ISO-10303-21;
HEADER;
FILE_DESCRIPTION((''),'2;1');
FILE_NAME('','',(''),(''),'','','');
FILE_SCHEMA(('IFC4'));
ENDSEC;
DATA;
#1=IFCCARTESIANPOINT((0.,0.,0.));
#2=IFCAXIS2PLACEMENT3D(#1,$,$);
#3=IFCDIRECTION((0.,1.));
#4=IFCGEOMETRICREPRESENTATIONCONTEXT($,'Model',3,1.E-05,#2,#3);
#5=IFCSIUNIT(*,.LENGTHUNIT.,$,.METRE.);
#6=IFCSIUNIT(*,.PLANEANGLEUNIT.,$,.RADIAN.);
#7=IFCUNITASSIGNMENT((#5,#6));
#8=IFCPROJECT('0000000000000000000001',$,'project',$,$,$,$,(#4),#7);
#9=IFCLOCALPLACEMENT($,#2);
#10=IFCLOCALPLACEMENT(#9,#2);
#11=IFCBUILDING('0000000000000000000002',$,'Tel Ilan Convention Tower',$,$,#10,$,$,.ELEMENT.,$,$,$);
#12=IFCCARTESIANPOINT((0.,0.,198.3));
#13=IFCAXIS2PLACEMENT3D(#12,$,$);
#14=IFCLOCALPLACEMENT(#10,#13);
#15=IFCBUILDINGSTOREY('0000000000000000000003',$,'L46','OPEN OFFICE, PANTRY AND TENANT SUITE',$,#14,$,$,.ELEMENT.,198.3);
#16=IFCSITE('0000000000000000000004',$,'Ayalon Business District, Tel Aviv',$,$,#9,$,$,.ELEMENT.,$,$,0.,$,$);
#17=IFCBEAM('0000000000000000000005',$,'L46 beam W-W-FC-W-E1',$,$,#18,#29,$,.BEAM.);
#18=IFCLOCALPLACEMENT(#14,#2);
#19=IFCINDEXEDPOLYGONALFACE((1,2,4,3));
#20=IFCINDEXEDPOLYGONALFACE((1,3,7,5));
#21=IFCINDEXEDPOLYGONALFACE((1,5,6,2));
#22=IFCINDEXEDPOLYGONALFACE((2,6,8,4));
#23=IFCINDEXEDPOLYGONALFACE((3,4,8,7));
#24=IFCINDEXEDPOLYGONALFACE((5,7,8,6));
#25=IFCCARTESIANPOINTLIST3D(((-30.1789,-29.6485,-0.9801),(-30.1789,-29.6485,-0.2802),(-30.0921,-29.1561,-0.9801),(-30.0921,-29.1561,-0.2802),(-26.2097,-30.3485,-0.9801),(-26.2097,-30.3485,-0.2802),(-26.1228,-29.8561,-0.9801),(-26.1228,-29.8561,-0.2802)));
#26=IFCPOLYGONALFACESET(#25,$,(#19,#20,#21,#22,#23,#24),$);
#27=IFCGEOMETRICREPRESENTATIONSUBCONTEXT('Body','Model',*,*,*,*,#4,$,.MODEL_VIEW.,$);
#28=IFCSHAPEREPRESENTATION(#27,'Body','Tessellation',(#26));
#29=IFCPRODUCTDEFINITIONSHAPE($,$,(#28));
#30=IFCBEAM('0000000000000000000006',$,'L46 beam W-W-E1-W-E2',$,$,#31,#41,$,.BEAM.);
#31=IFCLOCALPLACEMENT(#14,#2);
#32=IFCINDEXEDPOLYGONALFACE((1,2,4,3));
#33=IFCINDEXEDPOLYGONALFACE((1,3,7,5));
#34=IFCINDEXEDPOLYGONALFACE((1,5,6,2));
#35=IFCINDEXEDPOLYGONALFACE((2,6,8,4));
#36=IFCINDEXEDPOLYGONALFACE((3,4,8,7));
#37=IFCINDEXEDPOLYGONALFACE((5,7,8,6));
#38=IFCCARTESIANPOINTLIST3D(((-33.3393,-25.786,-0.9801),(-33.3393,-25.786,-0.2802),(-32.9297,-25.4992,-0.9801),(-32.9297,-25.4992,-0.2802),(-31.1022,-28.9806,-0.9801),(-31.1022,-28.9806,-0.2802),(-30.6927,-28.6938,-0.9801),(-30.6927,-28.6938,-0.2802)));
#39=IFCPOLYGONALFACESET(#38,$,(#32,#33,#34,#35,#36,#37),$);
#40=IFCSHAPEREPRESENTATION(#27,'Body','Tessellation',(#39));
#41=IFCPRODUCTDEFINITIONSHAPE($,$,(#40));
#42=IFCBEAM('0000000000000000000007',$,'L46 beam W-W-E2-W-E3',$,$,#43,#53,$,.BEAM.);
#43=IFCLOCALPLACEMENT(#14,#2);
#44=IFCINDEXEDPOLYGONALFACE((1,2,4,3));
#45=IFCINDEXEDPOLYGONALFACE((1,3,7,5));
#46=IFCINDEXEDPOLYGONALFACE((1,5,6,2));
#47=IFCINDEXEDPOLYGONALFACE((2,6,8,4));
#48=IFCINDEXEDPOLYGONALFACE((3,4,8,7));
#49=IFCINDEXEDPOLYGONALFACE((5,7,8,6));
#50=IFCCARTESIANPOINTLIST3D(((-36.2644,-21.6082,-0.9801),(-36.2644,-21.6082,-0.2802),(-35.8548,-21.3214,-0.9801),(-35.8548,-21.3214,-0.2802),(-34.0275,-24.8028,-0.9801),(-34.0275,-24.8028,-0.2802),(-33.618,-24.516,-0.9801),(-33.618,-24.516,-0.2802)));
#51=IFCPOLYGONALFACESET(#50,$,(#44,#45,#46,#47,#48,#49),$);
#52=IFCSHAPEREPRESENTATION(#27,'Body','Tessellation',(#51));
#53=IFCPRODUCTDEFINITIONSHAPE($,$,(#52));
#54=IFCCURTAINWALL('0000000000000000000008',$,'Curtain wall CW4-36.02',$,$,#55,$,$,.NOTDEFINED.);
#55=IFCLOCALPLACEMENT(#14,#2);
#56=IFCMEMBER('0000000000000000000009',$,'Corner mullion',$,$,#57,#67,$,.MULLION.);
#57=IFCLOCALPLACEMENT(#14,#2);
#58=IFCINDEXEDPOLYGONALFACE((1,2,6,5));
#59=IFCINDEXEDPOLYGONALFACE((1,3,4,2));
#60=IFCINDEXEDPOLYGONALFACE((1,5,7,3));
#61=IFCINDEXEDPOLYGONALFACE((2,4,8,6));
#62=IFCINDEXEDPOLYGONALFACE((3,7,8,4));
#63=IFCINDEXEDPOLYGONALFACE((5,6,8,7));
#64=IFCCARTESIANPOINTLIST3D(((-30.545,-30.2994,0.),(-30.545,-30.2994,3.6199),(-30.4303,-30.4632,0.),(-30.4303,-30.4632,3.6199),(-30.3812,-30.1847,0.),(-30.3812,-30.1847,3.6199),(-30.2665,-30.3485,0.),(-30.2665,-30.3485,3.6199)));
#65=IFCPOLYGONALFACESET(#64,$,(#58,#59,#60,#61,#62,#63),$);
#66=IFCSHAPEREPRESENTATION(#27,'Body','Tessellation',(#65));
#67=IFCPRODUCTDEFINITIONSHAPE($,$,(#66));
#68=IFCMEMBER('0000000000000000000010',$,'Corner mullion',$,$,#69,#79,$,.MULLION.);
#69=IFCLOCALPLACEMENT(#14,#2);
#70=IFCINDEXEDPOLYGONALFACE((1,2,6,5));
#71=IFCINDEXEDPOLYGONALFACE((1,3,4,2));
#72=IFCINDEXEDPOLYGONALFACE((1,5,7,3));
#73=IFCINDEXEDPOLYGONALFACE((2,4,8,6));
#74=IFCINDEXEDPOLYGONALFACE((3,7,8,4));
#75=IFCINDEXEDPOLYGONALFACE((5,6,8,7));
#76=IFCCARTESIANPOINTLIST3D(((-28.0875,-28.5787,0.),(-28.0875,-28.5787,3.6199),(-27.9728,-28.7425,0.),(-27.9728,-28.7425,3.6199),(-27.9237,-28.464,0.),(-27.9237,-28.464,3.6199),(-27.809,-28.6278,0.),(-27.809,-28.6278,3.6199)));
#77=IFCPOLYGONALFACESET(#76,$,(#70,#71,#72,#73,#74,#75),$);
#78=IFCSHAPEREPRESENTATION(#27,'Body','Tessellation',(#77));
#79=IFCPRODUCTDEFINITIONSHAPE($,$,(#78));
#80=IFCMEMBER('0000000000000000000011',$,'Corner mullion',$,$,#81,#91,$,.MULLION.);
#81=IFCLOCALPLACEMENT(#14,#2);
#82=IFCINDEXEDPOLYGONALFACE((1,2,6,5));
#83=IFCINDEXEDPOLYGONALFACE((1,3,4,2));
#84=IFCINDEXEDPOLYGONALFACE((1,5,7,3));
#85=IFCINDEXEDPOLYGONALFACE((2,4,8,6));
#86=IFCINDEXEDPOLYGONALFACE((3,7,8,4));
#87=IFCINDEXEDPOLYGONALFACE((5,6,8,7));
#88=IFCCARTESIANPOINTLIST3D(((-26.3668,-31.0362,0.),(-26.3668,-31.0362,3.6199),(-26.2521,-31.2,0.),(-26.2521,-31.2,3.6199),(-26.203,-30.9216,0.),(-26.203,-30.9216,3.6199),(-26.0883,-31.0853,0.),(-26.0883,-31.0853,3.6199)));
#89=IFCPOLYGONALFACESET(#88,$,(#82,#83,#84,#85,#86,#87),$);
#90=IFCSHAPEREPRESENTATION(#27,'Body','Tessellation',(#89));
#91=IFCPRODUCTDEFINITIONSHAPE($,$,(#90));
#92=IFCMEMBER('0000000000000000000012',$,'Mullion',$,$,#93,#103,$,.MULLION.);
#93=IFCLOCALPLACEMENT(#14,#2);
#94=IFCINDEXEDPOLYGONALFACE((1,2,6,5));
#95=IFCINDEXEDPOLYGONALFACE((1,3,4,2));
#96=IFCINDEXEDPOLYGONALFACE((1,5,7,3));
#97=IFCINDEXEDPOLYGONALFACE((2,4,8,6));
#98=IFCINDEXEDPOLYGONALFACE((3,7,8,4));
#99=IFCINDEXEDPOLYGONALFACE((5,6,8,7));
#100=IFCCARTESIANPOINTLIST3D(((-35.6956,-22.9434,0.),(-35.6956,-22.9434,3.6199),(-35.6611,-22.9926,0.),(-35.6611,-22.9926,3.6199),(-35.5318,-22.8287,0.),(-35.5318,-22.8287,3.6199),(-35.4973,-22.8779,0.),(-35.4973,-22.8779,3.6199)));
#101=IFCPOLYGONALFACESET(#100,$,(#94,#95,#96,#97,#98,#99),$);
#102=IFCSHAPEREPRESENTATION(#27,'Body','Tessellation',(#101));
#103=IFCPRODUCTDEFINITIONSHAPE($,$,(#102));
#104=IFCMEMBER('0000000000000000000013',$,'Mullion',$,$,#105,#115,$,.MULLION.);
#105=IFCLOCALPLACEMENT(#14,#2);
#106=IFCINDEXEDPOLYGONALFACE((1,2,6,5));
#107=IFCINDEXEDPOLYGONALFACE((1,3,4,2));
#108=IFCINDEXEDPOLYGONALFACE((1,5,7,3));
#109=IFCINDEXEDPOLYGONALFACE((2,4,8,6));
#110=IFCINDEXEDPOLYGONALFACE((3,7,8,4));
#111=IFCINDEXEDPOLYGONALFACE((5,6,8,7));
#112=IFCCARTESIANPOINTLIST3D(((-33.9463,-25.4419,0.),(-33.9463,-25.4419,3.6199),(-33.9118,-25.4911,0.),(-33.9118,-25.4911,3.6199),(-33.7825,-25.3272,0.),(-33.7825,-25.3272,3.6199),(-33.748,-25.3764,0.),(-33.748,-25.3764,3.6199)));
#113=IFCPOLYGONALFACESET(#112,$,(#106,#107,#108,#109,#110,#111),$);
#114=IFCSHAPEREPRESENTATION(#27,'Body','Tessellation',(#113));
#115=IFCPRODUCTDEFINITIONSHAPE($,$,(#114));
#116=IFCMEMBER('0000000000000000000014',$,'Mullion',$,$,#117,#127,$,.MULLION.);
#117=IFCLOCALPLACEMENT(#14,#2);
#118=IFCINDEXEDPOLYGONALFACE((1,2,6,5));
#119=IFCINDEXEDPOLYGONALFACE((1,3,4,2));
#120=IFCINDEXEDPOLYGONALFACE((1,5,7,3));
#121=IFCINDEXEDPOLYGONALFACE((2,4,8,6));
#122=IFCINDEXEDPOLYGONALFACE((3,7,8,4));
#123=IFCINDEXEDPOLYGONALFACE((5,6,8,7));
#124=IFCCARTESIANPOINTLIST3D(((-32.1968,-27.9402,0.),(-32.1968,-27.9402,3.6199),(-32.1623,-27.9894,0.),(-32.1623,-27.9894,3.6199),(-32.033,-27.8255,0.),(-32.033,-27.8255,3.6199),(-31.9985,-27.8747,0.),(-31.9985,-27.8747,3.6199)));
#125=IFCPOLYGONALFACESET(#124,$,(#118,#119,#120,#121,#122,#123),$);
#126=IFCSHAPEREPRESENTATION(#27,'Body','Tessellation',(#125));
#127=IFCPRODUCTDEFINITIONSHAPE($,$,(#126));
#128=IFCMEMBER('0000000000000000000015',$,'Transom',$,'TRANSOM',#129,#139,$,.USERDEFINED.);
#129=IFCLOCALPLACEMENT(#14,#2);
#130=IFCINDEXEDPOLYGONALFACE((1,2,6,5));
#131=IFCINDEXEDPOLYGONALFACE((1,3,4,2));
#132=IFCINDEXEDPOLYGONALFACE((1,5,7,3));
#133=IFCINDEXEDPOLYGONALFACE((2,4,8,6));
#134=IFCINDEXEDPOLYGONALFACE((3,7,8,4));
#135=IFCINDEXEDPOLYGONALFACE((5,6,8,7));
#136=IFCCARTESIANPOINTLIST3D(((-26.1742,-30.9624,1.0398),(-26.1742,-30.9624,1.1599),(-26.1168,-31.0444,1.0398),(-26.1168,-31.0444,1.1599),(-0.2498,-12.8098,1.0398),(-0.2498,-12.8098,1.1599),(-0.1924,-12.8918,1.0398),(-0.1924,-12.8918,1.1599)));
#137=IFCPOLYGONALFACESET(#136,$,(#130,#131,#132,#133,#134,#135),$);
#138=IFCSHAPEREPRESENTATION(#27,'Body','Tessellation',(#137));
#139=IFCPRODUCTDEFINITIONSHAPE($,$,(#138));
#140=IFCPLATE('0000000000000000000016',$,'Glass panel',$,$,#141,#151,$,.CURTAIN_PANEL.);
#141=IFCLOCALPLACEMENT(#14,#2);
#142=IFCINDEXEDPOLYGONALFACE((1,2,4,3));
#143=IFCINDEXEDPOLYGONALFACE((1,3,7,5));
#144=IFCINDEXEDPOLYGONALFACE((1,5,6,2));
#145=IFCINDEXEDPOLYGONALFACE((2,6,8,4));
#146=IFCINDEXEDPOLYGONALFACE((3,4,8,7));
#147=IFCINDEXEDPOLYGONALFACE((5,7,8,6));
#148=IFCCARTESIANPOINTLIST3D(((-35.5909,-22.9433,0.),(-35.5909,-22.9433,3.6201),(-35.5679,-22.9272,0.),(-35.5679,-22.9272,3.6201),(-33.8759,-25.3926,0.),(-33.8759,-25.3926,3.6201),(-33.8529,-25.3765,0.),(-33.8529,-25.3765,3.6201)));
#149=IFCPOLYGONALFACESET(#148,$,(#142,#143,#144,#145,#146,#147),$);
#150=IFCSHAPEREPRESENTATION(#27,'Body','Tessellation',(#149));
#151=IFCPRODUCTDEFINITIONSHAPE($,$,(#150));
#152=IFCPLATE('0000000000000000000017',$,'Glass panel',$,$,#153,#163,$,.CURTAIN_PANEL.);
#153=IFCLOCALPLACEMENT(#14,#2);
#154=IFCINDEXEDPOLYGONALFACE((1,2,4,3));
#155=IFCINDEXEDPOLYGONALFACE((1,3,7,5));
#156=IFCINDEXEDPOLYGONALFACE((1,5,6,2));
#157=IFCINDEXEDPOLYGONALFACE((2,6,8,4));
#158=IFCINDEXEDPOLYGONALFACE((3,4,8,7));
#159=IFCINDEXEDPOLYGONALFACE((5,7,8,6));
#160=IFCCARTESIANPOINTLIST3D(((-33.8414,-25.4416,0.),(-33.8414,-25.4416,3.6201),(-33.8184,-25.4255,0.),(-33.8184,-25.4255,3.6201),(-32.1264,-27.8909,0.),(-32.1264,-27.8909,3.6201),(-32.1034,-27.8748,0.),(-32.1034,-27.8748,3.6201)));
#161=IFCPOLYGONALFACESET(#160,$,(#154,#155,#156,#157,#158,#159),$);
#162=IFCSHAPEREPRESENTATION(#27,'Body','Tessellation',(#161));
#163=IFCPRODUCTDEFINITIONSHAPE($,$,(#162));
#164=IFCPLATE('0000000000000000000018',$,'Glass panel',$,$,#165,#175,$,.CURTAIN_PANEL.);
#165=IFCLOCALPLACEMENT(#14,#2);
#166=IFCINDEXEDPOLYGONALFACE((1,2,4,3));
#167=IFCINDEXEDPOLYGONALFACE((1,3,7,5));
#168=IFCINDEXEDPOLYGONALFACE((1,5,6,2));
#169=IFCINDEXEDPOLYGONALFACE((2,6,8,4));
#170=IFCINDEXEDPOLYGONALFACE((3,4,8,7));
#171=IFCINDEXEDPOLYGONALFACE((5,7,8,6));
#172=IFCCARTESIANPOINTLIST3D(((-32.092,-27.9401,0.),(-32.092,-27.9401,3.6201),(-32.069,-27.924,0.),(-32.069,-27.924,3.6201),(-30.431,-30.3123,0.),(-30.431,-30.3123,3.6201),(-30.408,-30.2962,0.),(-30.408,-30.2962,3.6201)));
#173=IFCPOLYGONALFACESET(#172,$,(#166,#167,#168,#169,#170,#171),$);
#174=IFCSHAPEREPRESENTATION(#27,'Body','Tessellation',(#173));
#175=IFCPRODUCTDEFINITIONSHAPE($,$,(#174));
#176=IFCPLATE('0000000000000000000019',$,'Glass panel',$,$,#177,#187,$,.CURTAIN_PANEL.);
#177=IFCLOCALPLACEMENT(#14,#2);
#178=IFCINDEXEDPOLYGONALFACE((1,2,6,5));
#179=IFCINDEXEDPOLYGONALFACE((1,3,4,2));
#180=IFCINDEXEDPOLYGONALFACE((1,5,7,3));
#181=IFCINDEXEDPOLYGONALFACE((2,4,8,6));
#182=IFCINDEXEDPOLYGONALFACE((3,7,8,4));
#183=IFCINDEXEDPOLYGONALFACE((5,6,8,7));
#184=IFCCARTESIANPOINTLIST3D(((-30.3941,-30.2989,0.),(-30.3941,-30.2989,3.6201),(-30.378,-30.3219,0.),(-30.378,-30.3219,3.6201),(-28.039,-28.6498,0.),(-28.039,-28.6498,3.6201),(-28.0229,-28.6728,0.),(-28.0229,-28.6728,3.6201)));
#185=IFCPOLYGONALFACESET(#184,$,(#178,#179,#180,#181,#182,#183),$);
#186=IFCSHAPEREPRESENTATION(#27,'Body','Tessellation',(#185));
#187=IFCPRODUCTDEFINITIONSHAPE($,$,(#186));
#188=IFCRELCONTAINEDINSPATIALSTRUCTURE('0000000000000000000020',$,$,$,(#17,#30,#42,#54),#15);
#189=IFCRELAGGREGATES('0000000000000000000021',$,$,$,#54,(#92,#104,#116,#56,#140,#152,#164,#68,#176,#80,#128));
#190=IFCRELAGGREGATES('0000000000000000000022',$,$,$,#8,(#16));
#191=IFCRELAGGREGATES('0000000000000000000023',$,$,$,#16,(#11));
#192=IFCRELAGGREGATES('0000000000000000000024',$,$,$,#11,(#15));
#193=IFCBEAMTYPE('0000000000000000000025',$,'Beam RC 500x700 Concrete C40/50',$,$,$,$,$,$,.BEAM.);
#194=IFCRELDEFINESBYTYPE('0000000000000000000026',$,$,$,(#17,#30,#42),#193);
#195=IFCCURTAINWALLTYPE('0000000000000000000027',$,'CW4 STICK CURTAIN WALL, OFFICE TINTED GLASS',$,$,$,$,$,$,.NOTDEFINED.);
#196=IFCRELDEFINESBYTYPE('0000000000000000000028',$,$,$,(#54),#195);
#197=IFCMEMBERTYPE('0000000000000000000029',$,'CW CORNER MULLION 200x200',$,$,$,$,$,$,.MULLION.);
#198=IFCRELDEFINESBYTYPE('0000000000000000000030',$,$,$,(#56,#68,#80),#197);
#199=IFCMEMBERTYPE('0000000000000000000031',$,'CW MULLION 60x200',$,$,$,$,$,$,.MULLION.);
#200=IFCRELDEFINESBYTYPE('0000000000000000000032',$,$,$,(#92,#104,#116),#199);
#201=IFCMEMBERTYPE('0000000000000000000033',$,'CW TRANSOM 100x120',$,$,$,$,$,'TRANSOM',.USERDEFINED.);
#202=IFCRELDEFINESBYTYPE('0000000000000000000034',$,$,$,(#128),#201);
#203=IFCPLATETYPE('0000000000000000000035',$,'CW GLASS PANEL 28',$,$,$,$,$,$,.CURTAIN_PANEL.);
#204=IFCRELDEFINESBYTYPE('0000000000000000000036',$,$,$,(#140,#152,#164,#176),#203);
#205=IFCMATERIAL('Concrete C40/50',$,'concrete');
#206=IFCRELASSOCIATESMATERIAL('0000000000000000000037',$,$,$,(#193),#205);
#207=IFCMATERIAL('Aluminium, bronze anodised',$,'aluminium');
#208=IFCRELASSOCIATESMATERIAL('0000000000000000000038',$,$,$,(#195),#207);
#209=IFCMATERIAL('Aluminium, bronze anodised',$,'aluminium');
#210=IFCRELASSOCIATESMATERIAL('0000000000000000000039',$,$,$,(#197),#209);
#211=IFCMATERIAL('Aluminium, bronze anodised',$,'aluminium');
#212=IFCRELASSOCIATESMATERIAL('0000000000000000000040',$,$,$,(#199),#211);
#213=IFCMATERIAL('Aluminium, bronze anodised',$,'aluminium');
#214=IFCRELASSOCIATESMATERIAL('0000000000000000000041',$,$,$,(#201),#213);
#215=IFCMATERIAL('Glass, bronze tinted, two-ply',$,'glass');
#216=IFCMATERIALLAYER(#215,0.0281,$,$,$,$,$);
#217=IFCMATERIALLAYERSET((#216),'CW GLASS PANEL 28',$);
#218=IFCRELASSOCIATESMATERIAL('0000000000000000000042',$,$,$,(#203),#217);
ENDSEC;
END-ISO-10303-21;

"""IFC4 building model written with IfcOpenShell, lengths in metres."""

from ifc_helpers import new_model, si_unit, direction, frame, origin, origin_2d, place, context, subcontext, project, spatial, rectangle, extrude, material, layer, layer_set, material_profile, profile_set, type_object, element, aggregate, save


model = new_model("IFC4")

# Units and contexts
model_context = context("Model", 3, precision=1e-05, world=origin(), true_north=direction((0.0, 1.0)))
body_context = subcontext(model_context, "Body", "Model", "MODEL_VIEW")
ifc_project = project(units=[si_unit("LENGTHUNIT", "METRE"), si_unit("PLANEANGLEUNIT", "RADIAN")], contexts=[model_context])

# Site, building, storey
site_placement = place(None, origin())
site = spatial("IfcSite", under=ifc_project, at=site_placement, Name="Ayalon Business District, Tel Aviv", CompositionType="ELEMENT", RefElevation=0.0)
building_placement = place(site_placement, origin())
building = spatial("IfcBuilding", under=site, at=building_placement, Name="Tel Ilan Convention Tower", CompositionType="ELEMENT")
storey_placement = place(building_placement, frame((0.0, 0.0, 198.3)))
storey = spatial("IfcBuildingStorey", under=building, at=storey_placement, Name="L46", Description="OPEN OFFICE, PANTRY AND TENANT SUITE", CompositionType="ELEMENT", Elevation=198.3)

# Beams
ifc_material_1 = material(Name="Concrete C40/50", Category="concrete")
ifc_material_profile_1 = material_profile(ifc_material_1, rectangle(XDim=0.5, YDim=0.7, at=origin_2d()), Name="RC 500x700")
ifc_profile_set_1 = profile_set([ifc_material_profile_1], Name="Concrete C40/50")
beam_type = type_object("IfcBeamType", Name="Beam RC 500x700 Concrete C40/50", PredefinedType="BEAM", material=ifc_profile_set_1)
beam_placement = place(storey_placement, frame((-26.1663, -30.1023, -0.6301), z_axis=(-0.984805, 0.173664, 0.0), x_axis=(-0.173664, -0.984805, 0.0)))
element("IfcBeam", 1, at=beam_placement, inside=storey, type_object=beam_type, Name="L46 beam W-W-FC-W-E1", PredefinedType="BEAM", context=body_context, shape_type="SweptSolid", body=[
    extrude(rectangle(XDim=0.5, YDim=0.7, at=origin_2d()), origin(), (0.0, 0.0, 1.0), 4.0305),
])
for number, where, z_axis, x_axis, name in (
    (2, (-30.8975, -28.8372, -0.6301), (-0.573609, 0.819129, 0.0), (-0.819129, -0.573609, 0.0), "L46 beam W-W-E1-W-E2"),
    (3, (-33.8228, -24.6594, -0.6301), (-0.573567, 0.819158, 0.0), (-0.819158, -0.573567, 0.0), "L46 beam W-W-E2-W-E3"),
):
    element("IfcBeam", number, at=place(storey_placement, frame(where, z_axis=z_axis, x_axis=x_axis)), inside=storey, type_object=beam_type, Name=name, PredefinedType="BEAM", context=body_context, shape_type="SweptSolid", body=[
        extrude(rectangle(XDim=0.5, YDim=0.7, at=origin_2d()), origin(), (0.0, 0.0, 1.0), 3.8999),
    ])

# Curtain wall, members, plates
ifc_material_2 = material(Name="Aluminium, bronze anodised", Category="aluminium")
curtain_wall_type = type_object("IfcCurtainWallType", Name="CW4 STICK CURTAIN WALL, OFFICE TINTED GLASS", PredefinedType="NOTDEFINED", material=ifc_material_2)
curtain_wall_placement = place(storey_placement, origin())
curtain_wall = element("IfcCurtainWall", 4, at=curtain_wall_placement, inside=storey, type_object=curtain_wall_type, Name="Curtain wall CW4-36.02", PredefinedType="NOTDEFINED")
ifc_material_3 = material(Name="Aluminium, bronze anodised", Category="aluminium")
ifc_material_profile_2 = material_profile(ifc_material_3, rectangle(XDim=0.2, YDim=0.2, at=origin_2d()), Name="CW CORNER MULLION 200x200")
ifc_profile_set_2 = profile_set([ifc_material_profile_2], Name="Aluminium, bronze anodised")
member_type_1 = type_object("IfcMemberType", Name="CW CORNER MULLION 200x200", PredefinedType="MULLION", material=ifc_profile_set_2)
member_1_placement = place(storey_placement, frame((-30.4058, -30.324, 0.0), z_axis=(0.0, 0.0, 1.0), x_axis=(0.573576, -0.819152, 0.0)))
member_1 = element("IfcMember", 5, at=member_1_placement, type_object=member_type_1, Name="Corner mullion", PredefinedType="MULLION", context=body_context, shape_type="SweptSolid", body=[
    extrude(rectangle(XDim=0.2, YDim=0.2, at=origin_2d()), origin(), (0.0, 0.0, 1.0), 3.6199),
])
member_2_placement = place(storey_placement, frame((-27.9482, -28.6033, 0.0), z_axis=(0.0, 0.0, 1.0), x_axis=(0.819152, 0.573576, 0.0)))
member_2 = element("IfcMember", 6, at=member_2_placement, type_object=member_type_1, Name="Corner mullion", PredefinedType="MULLION", context=body_context, shape_type="SweptSolid", body=[
    extrude(rectangle(XDim=0.2, YDim=0.2, at=origin_2d()), origin(), (0.0, 0.0, 1.0), 3.6199),
])
member_3_placement = place(storey_placement, frame((-26.2275, -31.0608, 0.0), z_axis=(0.0, 0.0, 1.0), x_axis=(0.573576, -0.819152, 0.0)))
member_3 = element("IfcMember", 7, at=member_3_placement, type_object=member_type_1, Name="Corner mullion", PredefinedType="MULLION", context=body_context, shape_type="SweptSolid", body=[
    extrude(rectangle(XDim=0.2, YDim=0.2, at=origin_2d()), origin(), (0.0, 0.0, 1.0), 3.6199),
])
ifc_material_4 = material(Name="Aluminium, bronze anodised", Category="aluminium")
ifc_material_profile_3 = material_profile(ifc_material_4, rectangle(XDim=0.0601, YDim=0.2, at=origin_2d()), Name="CW MULLION 60x200")
ifc_profile_set_3 = profile_set([ifc_material_profile_3], Name="Aluminium, bronze anodised")
member_type_2 = type_object("IfcMemberType", Name="CW MULLION 60x200", PredefinedType="MULLION", material=ifc_profile_set_3)
member_4_placement = place(storey_placement, frame((-35.5964, -22.9106, 0.0), z_axis=(0.0, 0.0, 1.0), x_axis=(0.573576, -0.819152, 0.0)))
member_4 = element("IfcMember", 8, at=member_4_placement, type_object=member_type_2, Name="Mullion", PredefinedType="MULLION", context=body_context, shape_type="SweptSolid", body=[
    extrude(rectangle(XDim=0.0601, YDim=0.2, at=origin_2d()), origin(), (0.0, 0.0, 1.0), 3.6199),
])
member_5_placement = place(storey_placement, frame((-33.8472, -25.4092, 0.0), z_axis=(0.0, 0.0, 1.0), x_axis=(0.573576, -0.819152, 0.0)))
member_5 = element("IfcMember", 9, at=member_5_placement, type_object=member_type_2, Name="Mullion", PredefinedType="MULLION", context=body_context, shape_type="SweptSolid", body=[
    extrude(rectangle(XDim=0.0601, YDim=0.2, at=origin_2d()), origin(), (0.0, 0.0, 1.0), 3.6199),
])
member_6_placement = place(storey_placement, frame((-32.0977, -27.9075, 0.0), z_axis=(0.0, 0.0, 1.0), x_axis=(0.573576, -0.819152, 0.0)))
member_6 = element("IfcMember", 10, at=member_6_placement, type_object=member_type_2, Name="Mullion", PredefinedType="MULLION", context=body_context, shape_type="SweptSolid", body=[
    extrude(rectangle(XDim=0.0601, YDim=0.2, at=origin_2d()), origin(), (0.0, 0.0, 1.0), 3.6199),
])
ifc_material_5 = material(Name="Aluminium, bronze anodised", Category="aluminium")
ifc_material_profile_4 = material_profile(ifc_material_5, rectangle(XDim=0.1001, YDim=0.1201, at=origin_2d()), Name="CW TRANSOM 100x120")
ifc_profile_set_4 = profile_set([ifc_material_profile_4], Name="Aluminium, bronze anodised")
member_type_3 = type_object("IfcMemberType", Name="CW TRANSOM 100x120", ElementType="TRANSOM", PredefinedType="USERDEFINED", material=ifc_profile_set_4)
member_7_placement = place(storey_placement, frame((-26.1455, -31.0034, 1.0999), z_axis=(0.819149, 0.57358, 0.0), x_axis=(-0.57358, 0.819149, 0.0)))
member_7 = element("IfcMember", 11, at=member_7_placement, type_object=member_type_3, Name="Transom", ObjectType="TRANSOM", PredefinedType="USERDEFINED", context=body_context, shape_type="SweptSolid", body=[
    extrude(rectangle(XDim=0.1001, YDim=0.1201, at=origin_2d()), origin(), (0.0, 0.0, 1.0), 31.6479),
])
ifc_material_6 = material(Name="Glass, bronze tinted, two-ply", Category="glass")
ifc_layer_1 = layer(ifc_material_6, 0.0281)
ifc_layer_set_1 = layer_set([ifc_layer_1], Name="CW GLASS PANEL 28")
plate_type = type_object("IfcPlateType", Name="CW GLASS PANEL 28", PredefinedType="CURTAIN_PANEL", material=ifc_layer_set_1)
plate_1_placement = place(storey_placement, frame((-34.7219, -24.1599, 0.0), z_axis=(0.0, 0.0, 1.0), x_axis=(0.573576, -0.819152, 0.0)))
plate_1 = element("IfcPlate", 12, at=plate_1_placement, type_object=plate_type, Name="Glass panel", PredefinedType="CURTAIN_PANEL", context=body_context, shape_type="SweptSolid", body=[
    extrude(rectangle(XDim=2.99, YDim=0.0281, at=origin_2d()), origin(), (0.0, 0.0, 1.0), 3.6201),
])
plate_2_placement = place(storey_placement, frame((-32.9724, -26.6582, 0.0), z_axis=(0.0, 0.0, 1.0), x_axis=(0.573576, -0.819152, 0.0)))
plate_2 = element("IfcPlate", 13, at=plate_2_placement, type_object=plate_type, Name="Glass panel", PredefinedType="CURTAIN_PANEL", context=body_context, shape_type="SweptSolid", body=[
    extrude(rectangle(XDim=2.99, YDim=0.0281, at=origin_2d()), origin(), (0.0, 0.0, 1.0), 3.6201),
])
plate_3_placement = place(storey_placement, frame((-31.25, -29.1182, 0.0), z_axis=(0.0, 0.0, 1.0), x_axis=(0.573576, -0.819152, 0.0)))
plate_3 = element("IfcPlate", 14, at=plate_3_placement, type_object=plate_type, Name="Glass panel", PredefinedType="CURTAIN_PANEL", context=body_context, shape_type="SweptSolid", body=[
    extrude(rectangle(XDim=2.896, YDim=0.0281, at=origin_2d()), origin(), (0.0, 0.0, 1.0), 3.6201),
])
plate_4_placement = place(storey_placement, frame((-29.2085, -29.4858, 0.0), z_axis=(0.0, 0.0, 1.0), x_axis=(0.819152, 0.573576, 0.0)))
plate_4 = element("IfcPlate", 15, at=plate_4_placement, type_object=plate_type, Name="Glass panel", PredefinedType="CURTAIN_PANEL", context=body_context, shape_type="SweptSolid", body=[
    extrude(rectangle(XDim=2.875, YDim=0.0281, at=origin_2d()), origin(), (0.0, 0.0, 1.0), 3.6201),
])
aggregate(curtain_wall, [member_4, member_5, member_6, member_1, plate_1, plate_2, plate_3, member_2, plate_4, member_3, member_7])

save(model, "model.ifc")
